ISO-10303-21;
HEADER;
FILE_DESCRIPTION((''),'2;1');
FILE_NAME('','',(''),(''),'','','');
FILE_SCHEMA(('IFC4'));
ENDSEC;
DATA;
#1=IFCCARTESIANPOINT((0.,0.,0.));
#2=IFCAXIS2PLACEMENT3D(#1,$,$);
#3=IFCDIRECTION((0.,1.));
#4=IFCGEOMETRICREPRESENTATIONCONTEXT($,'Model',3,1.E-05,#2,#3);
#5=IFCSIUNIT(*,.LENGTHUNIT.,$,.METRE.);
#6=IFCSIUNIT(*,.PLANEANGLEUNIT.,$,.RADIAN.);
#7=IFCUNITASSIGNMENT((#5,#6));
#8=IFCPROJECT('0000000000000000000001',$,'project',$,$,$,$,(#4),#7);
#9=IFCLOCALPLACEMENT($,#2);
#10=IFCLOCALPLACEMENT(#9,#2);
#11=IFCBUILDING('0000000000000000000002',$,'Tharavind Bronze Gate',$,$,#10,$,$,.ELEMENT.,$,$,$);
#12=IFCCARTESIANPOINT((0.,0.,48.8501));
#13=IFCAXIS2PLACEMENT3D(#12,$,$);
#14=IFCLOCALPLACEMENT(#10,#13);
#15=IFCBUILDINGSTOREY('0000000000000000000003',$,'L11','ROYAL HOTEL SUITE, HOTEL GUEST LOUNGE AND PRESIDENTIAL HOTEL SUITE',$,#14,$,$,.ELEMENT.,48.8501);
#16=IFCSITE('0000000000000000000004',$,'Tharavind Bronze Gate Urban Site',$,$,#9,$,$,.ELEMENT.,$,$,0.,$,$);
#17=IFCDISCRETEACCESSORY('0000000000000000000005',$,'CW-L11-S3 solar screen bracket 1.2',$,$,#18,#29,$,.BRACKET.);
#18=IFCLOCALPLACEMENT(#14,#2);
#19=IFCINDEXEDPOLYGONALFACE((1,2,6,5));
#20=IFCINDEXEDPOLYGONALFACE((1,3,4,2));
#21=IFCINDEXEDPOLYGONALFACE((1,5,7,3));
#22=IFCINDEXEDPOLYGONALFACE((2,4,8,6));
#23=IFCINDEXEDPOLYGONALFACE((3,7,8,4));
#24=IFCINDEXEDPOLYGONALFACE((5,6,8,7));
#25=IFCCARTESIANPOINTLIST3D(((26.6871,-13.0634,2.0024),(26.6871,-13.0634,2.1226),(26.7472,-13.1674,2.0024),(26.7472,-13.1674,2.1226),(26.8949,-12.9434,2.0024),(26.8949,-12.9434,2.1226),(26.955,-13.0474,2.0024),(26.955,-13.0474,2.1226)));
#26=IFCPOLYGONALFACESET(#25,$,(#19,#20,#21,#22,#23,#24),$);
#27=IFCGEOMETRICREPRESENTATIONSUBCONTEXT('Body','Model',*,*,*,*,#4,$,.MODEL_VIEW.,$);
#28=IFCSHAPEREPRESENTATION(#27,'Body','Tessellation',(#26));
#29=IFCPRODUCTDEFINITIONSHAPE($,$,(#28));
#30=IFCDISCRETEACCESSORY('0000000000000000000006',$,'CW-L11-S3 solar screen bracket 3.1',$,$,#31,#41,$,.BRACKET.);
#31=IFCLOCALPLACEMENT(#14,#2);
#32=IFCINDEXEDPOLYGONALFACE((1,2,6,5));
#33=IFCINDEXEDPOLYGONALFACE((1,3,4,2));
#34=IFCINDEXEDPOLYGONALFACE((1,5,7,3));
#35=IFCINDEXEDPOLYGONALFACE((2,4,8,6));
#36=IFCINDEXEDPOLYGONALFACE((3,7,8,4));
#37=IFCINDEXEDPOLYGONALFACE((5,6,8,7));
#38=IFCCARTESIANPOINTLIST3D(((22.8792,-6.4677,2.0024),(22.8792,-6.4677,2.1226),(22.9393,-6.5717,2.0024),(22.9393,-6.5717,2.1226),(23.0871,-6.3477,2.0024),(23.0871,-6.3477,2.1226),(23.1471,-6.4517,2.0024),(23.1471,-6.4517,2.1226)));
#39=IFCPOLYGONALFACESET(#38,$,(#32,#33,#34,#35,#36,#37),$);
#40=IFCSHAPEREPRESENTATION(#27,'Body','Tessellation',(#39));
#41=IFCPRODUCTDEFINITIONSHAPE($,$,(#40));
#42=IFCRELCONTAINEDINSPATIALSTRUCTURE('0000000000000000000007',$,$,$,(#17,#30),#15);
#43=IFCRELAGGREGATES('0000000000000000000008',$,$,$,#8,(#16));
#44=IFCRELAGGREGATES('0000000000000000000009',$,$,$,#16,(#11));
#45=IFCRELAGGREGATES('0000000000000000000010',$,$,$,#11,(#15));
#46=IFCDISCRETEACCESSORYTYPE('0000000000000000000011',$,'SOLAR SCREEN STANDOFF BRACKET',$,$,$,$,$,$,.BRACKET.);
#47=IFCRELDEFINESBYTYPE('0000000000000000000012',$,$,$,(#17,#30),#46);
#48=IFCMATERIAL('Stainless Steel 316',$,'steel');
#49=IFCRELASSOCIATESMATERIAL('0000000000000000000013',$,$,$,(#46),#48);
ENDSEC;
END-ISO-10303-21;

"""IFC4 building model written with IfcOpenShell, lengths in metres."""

from ifc_helpers import new_model, si_unit, direction, frame, origin, origin_2d, place, context, subcontext, project, spatial, rectangle, extrude, material, type_object, element, save


model = new_model("IFC4")

# Units and contexts
model_context = context("Model", 3, precision=1e-05, world=origin(), true_north=direction((0.0, 1.0)))
body_context = subcontext(model_context, "Body", "Model", "MODEL_VIEW")
ifc_project = project(units=[si_unit("LENGTHUNIT", "METRE"), si_unit("PLANEANGLEUNIT", "RADIAN")], contexts=[model_context])

# Site, building, storey
site_placement = place(None, origin())
site = spatial("IfcSite", under=ifc_project, at=site_placement, Name="Tharavind Bronze Gate Urban Site", CompositionType="ELEMENT", RefElevation=0.0)
building_placement = place(site_placement, origin())
building = spatial("IfcBuilding", under=site, at=building_placement, Name="Tharavind Bronze Gate", CompositionType="ELEMENT")
storey_placement = place(building_placement, frame((0.0, 0.0, 48.8501)))
storey = spatial("IfcBuildingStorey", under=building, at=storey_placement, Name="L11", Description="ROYAL HOTEL SUITE, HOTEL GUEST LOUNGE AND PRESIDENTIAL HOTEL SUITE", CompositionType="ELEMENT", Elevation=48.8501)

# Discrete accessories
ifc_material_1 = material(Name="Stainless Steel 316", Category="steel")
discrete_accessory_type = type_object("IfcDiscreteAccessoryType", Name="SOLAR SCREEN STANDOFF BRACKET", PredefinedType="BRACKET", material=ifc_material_1)
for number, where, z_axis, x_axis, name in (
    (1, (26.821, -13.0554, 2.0024), (0.0, 0.0, 1.0), (-0.500002, 0.866025, 0.0), "CW-L11-S3 solar screen bracket 1.2"),
    (2, (23.0132, -6.4597, 2.0024), (0.0, 0.0, 1.0), (-0.500002, 0.866025, 0.0), "CW-L11-S3 solar screen bracket 3.1"),
):
    element("IfcDiscreteAccessory", number, at=place(storey_placement, frame(where, z_axis=z_axis, x_axis=x_axis)), inside=storey, type_object=discrete_accessory_type, Name=name, PredefinedType="BRACKET", context=body_context, shape_type="SweptSolid", body=[
        extrude(rectangle(XDim=0.1201, YDim=0.24, at=origin_2d()), origin(), (0.0, 0.0, 1.0), 0.1201),
    ])

save(model, "model.ifc")
